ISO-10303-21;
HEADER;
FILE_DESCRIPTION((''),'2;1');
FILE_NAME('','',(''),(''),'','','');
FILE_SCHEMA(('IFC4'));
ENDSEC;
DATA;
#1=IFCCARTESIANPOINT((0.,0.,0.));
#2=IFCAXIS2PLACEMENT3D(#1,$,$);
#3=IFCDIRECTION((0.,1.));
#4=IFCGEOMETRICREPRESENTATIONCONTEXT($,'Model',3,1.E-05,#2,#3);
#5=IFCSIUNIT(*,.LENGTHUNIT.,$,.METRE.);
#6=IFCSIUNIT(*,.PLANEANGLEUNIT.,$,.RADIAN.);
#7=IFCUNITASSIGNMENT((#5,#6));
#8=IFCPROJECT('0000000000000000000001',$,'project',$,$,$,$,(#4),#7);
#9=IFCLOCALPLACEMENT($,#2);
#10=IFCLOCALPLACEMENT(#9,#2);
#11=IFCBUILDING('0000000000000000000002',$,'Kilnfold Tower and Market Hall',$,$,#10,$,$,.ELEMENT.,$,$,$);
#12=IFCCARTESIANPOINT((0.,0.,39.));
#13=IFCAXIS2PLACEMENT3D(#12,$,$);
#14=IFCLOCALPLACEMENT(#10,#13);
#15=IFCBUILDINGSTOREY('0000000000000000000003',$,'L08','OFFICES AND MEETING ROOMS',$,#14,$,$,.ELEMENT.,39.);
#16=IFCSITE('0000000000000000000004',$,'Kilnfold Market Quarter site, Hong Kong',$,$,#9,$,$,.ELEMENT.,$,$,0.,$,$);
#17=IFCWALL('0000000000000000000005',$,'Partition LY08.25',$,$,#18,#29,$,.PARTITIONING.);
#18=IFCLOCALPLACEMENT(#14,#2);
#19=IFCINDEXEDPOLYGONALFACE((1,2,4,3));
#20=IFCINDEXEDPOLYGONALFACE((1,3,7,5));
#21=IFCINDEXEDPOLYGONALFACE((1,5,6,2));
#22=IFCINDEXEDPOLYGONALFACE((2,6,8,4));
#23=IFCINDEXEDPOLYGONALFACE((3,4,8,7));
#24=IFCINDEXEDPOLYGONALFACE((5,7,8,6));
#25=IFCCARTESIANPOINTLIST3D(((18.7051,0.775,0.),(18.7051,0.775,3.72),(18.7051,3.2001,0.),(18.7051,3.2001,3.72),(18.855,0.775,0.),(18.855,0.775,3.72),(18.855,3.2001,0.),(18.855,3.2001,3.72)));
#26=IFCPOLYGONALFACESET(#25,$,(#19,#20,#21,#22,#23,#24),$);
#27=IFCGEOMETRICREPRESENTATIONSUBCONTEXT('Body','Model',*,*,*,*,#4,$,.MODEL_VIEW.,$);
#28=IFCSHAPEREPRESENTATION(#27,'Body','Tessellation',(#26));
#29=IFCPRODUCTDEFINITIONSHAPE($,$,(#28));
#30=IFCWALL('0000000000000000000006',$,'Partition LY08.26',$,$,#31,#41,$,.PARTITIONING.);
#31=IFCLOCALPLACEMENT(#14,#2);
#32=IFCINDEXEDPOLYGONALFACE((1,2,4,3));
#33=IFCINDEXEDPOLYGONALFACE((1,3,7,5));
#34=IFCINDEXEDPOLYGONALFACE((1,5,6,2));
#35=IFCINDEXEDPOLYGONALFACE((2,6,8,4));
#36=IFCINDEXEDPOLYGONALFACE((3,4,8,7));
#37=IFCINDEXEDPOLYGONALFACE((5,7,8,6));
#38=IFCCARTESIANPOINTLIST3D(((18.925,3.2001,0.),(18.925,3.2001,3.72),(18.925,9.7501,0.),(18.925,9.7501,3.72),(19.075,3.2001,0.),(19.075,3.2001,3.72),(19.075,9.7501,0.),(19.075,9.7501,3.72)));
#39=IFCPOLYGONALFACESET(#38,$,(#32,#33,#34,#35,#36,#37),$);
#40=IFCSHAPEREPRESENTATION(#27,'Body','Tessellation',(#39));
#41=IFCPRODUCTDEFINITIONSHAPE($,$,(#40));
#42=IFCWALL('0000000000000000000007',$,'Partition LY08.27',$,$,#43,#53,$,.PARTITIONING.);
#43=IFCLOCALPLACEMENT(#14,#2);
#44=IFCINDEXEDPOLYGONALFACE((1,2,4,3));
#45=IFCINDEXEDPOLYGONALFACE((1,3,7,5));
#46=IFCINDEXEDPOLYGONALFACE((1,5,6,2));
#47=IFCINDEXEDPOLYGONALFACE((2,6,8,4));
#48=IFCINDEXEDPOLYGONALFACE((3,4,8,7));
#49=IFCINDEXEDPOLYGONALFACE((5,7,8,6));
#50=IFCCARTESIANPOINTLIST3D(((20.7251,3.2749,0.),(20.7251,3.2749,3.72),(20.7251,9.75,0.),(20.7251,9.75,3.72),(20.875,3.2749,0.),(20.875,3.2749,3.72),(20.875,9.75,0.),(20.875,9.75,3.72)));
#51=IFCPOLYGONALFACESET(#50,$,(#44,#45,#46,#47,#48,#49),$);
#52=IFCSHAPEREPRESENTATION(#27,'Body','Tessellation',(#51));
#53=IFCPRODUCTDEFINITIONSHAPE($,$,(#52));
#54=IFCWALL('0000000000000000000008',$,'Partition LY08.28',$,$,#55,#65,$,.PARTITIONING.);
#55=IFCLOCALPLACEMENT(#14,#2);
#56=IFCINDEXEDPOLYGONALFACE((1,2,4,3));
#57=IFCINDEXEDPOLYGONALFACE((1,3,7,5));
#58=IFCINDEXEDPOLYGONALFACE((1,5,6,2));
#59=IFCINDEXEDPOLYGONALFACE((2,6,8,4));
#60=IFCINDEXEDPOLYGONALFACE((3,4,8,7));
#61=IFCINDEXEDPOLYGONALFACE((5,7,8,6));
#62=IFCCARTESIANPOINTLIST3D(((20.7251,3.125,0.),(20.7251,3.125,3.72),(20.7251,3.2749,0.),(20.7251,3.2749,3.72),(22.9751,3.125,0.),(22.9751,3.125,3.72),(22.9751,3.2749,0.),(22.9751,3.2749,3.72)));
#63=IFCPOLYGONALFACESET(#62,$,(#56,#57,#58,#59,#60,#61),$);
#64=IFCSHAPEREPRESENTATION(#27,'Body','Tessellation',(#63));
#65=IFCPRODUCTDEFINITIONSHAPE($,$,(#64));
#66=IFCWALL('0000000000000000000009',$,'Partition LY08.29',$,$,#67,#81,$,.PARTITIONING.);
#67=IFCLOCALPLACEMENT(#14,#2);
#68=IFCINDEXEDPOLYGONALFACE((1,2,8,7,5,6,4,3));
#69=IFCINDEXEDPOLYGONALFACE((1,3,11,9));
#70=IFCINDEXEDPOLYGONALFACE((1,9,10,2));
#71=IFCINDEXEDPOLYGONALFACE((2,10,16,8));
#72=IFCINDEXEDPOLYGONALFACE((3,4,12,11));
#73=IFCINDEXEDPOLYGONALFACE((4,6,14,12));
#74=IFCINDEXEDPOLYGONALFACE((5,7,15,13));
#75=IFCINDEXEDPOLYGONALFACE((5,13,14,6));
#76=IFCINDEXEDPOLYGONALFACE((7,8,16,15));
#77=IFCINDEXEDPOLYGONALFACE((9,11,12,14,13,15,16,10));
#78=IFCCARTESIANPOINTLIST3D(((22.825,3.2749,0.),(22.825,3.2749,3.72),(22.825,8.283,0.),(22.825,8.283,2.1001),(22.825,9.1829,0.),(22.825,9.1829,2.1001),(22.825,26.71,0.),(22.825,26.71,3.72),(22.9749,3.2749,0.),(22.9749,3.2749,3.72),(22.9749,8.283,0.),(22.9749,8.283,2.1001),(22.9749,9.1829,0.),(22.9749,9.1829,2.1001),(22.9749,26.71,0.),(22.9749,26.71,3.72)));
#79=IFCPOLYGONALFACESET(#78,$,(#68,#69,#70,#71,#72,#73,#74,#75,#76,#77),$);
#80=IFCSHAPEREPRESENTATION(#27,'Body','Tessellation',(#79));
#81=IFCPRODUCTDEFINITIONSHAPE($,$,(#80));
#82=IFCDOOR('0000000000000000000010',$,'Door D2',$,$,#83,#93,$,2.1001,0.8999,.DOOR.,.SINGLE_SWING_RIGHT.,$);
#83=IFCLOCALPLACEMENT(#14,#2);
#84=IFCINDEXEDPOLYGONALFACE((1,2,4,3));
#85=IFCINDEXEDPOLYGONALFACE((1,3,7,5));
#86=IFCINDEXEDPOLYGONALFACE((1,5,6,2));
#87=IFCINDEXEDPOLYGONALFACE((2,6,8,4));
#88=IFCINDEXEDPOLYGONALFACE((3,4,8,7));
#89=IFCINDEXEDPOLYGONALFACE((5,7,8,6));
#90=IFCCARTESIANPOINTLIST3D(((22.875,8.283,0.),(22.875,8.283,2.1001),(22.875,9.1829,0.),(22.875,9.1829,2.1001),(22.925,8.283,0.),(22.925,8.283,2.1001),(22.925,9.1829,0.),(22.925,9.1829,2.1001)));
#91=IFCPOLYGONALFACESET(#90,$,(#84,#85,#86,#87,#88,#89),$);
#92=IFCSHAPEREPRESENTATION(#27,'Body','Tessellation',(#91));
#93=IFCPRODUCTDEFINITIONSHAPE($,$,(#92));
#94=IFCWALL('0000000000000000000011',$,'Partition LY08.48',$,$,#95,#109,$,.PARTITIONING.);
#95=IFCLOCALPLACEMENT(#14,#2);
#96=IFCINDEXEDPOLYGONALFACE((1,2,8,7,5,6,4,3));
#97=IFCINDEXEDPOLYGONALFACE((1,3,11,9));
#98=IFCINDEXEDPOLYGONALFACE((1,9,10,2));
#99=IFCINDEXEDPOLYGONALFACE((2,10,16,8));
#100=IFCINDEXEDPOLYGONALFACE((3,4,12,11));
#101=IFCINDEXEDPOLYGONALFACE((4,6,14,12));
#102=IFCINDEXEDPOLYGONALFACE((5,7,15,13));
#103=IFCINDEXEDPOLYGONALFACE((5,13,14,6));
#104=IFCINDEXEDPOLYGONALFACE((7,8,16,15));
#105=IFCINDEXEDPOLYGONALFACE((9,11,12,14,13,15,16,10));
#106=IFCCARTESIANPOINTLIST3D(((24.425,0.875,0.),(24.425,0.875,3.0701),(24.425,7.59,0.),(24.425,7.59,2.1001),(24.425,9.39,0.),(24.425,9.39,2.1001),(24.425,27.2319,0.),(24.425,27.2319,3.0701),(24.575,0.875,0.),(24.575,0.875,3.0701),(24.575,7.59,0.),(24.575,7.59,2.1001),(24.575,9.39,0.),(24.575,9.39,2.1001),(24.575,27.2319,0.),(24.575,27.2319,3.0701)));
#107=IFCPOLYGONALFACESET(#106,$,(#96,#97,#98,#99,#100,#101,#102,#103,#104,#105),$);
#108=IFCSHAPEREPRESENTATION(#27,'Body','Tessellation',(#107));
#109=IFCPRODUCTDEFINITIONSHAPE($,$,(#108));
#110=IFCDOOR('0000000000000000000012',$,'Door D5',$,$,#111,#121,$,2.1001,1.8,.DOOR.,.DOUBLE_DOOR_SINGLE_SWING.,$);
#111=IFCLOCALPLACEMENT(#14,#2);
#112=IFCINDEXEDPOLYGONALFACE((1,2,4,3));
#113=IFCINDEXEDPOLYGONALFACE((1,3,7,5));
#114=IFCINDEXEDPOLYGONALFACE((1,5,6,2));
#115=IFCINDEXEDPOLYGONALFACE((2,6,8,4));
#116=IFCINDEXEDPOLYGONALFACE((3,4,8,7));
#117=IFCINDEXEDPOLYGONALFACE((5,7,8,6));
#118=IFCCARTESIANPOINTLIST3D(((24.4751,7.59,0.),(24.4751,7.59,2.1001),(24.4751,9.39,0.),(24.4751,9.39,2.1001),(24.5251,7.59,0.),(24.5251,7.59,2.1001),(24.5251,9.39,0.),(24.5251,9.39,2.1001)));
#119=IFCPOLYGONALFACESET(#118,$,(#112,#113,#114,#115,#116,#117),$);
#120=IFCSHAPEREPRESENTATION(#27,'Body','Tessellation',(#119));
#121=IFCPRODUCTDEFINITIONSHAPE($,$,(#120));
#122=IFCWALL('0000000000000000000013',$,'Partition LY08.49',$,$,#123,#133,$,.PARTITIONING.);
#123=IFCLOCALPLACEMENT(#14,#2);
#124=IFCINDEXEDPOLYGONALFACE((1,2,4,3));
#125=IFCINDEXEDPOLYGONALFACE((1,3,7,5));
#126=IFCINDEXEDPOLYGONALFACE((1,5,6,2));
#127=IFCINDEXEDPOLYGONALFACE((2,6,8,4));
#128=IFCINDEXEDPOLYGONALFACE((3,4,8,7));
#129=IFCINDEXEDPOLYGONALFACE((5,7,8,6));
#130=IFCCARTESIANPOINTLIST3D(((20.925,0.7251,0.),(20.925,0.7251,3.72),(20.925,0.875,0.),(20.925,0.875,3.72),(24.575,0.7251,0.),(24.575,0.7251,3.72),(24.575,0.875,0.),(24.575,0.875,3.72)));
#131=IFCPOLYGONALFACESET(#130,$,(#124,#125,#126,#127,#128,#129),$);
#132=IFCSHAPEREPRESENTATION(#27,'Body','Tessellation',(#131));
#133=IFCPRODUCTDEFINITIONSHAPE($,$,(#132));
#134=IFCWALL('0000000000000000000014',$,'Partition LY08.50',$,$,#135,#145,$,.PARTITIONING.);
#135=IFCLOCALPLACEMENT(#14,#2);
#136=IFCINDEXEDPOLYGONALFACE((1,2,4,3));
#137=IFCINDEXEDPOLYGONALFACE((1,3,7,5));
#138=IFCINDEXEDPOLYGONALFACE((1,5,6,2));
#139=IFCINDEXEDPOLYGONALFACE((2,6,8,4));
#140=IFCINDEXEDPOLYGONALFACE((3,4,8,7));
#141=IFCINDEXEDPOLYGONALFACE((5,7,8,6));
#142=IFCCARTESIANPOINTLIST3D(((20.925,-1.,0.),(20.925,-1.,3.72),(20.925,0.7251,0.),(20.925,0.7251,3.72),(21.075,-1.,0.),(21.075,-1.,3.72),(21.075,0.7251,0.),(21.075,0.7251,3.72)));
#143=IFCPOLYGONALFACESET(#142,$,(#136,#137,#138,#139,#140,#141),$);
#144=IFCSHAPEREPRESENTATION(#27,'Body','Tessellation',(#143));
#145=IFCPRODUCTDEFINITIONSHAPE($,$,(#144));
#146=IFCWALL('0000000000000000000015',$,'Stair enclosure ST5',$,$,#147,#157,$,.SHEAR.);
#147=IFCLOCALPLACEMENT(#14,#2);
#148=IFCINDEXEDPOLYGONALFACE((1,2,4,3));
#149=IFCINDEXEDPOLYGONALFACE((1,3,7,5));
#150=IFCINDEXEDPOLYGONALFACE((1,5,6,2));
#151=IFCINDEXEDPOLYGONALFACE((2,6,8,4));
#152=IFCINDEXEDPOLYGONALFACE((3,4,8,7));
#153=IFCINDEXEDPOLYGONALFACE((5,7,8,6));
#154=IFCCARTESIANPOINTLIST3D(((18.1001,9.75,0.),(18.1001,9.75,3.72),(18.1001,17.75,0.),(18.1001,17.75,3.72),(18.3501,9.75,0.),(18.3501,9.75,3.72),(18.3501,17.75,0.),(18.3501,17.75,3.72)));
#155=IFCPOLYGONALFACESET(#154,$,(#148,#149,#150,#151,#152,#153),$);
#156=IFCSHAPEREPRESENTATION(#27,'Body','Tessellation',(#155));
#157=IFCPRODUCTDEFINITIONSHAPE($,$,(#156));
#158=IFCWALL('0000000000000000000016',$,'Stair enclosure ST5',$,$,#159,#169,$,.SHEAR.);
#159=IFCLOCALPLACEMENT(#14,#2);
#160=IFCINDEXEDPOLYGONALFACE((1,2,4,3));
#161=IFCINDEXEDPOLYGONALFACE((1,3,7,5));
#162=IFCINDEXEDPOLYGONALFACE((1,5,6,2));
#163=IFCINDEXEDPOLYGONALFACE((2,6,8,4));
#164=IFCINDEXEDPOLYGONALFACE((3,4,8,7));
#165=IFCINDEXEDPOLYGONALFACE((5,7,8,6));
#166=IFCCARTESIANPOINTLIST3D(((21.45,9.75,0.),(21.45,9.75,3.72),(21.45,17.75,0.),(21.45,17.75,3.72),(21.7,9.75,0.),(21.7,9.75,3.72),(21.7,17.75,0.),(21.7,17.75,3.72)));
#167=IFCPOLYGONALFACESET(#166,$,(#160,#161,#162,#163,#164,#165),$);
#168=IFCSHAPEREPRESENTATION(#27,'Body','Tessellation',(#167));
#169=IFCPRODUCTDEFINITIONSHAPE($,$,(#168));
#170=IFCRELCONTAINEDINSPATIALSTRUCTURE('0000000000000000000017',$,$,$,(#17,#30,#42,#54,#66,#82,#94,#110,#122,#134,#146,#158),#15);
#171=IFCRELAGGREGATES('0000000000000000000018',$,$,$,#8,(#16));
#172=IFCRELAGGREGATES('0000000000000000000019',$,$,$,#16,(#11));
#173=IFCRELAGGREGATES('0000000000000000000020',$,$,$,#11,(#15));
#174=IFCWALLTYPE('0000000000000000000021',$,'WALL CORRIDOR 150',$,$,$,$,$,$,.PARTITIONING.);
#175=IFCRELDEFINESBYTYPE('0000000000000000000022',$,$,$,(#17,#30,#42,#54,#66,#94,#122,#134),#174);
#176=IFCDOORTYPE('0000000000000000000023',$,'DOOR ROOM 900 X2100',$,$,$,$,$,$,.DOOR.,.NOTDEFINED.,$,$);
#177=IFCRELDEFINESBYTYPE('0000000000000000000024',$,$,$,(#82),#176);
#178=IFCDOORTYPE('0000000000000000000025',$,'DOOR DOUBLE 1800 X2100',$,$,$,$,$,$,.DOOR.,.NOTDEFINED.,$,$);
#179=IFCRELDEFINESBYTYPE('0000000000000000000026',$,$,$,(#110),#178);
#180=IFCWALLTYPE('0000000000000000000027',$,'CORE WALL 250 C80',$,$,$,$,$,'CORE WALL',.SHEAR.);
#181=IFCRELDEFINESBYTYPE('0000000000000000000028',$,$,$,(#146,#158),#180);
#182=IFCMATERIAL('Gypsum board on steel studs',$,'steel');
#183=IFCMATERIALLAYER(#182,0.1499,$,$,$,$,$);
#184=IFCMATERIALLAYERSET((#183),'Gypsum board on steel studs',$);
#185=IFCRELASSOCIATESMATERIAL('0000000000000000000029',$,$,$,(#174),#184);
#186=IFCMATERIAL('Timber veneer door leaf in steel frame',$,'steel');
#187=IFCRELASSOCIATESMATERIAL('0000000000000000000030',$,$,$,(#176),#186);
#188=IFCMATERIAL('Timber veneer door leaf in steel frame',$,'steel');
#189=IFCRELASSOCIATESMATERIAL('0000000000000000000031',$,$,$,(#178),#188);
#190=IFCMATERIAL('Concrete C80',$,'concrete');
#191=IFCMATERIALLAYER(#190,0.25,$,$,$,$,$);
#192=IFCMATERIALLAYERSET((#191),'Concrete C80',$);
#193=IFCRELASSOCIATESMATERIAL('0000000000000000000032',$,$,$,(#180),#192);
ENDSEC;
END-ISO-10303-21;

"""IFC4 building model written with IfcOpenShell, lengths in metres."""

from ifc_helpers import new_model, si_unit, direction, frame, frame_2d, origin, place, context, subcontext, project, spatial, rectangle, extrude, source, transform, mapped, material, layer, layer_set, type_object, element, fill, save


model = new_model("IFC4")

# Units and contexts
model_context = context("Model", 3, precision=1e-05, world=origin(), true_north=direction((0.0, 1.0)))
body_context = subcontext(model_context, "Body", "Model", "MODEL_VIEW")
ifc_project = project(units=[si_unit("LENGTHUNIT", "METRE"), si_unit("PLANEANGLEUNIT", "RADIAN")], contexts=[model_context])

# Site, building, storey
site_placement = place(None, origin())
site = spatial("IfcSite", under=ifc_project, at=site_placement, Name="Kilnfold Market Quarter site, Hong Kong", CompositionType="ELEMENT", RefElevation=0.0)
building_placement = place(site_placement, origin())
building = spatial("IfcBuilding", under=site, at=building_placement, Name="Kilnfold Tower and Market Hall", CompositionType="ELEMENT")
storey_placement = place(building_placement, frame((0.0, 0.0, 39.0)))
storey = spatial("IfcBuildingStorey", under=building, at=storey_placement, Name="L08", Description="OFFICES AND MEETING ROOMS", CompositionType="ELEMENT", Elevation=39.0)

# Walls
ifc_material_1 = material(Name="Gypsum board on steel studs", Category="steel")
ifc_layer_1 = layer(ifc_material_1, 0.1499)
ifc_layer_set_1 = layer_set([ifc_layer_1], Name="Gypsum board on steel studs")
wall_type_1 = type_object("IfcWallType", Name="WALL CORRIDOR 150", PredefinedType="PARTITIONING", material=ifc_layer_set_1)
wall_1_placement = place(storey_placement, frame((18.78, 3.2, 0.0), z_axis=(0.0, 0.0, 1.0), x_axis=(0.0, -1.0, 0.0)))
element("IfcWall", 1, at=wall_1_placement, inside=storey, type_object=wall_type_1, Name="Partition LY08.25", PredefinedType="PARTITIONING", context=body_context, shape_type="SweptSolid", body=[
    extrude(rectangle(XDim=2.425, YDim=0.1499, at=frame_2d((1.2124, 0.0))), origin(), (0.0, 0.0, 1.0), 3.72),
])
wall_2_placement = place(storey_placement, frame((19.0, 9.75, 0.0), z_axis=(0.0, 0.0, 1.0), x_axis=(0.0, -1.0, 0.0)))
element("IfcWall", 2, at=wall_2_placement, inside=storey, type_object=wall_type_1, Name="Partition LY08.26", PredefinedType="PARTITIONING", context=body_context, shape_type="SweptSolid", body=[
    extrude(rectangle(XDim=6.55, YDim=0.1499, at=frame_2d((3.2749, 0.0))), origin(), (0.0, 0.0, 1.0), 3.72),
])
wall_3_placement = place(storey_placement, frame((20.8, 3.2749, 0.0), z_axis=(0.0, 0.0, 1.0), x_axis=(0.0, 1.0, 0.0)))
element("IfcWall", 3, at=wall_3_placement, inside=storey, type_object=wall_type_1, Name="Partition LY08.27", PredefinedType="PARTITIONING", context=body_context, shape_type="SweptSolid", body=[
    extrude(rectangle(XDim=6.4751, YDim=0.1499, at=frame_2d((3.2375, 0.0))), origin(), (0.0, 0.0, 1.0), 3.72),
])
wall_4_placement = place(storey_placement, frame((20.7251, 3.2, 0.0), z_axis=(0.0, 0.0, 1.0), x_axis=(1.0, 0.0, 0.0)))
element("IfcWall", 4, at=wall_4_placement, inside=storey, type_object=wall_type_1, Name="Partition LY08.28", PredefinedType="PARTITIONING", context=body_context, shape_type="SweptSolid", body=[
    extrude(rectangle(XDim=2.25, YDim=0.1499, at=frame_2d((1.125, 0.0))), origin(), (0.0, 0.0, 1.0), 3.72),
])

# Walls, openings, doors
wall_5_placement = place(storey_placement, frame((22.8999, 3.2749, 0.0), z_axis=(0.0, 0.0, 1.0), x_axis=(0.0, 1.0, 0.0)))
wall_5 = element("IfcWall", 5, at=wall_5_placement, inside=storey, type_object=wall_type_1, Name="Partition LY08.29", PredefinedType="PARTITIONING", context=body_context, shape_type="SweptSolid", body=[
    extrude(rectangle(XDim=23.4351, YDim=0.1499, at=frame_2d((11.7175, 0.0))), origin(), (0.0, 0.0, 1.0), 3.72),
])
opening_1_placement = place(wall_5_placement, frame((5.0081, 0.0, 0.0)))
opening_1 = element("IfcOpeningElement", 6, at=opening_1_placement, cuts=wall_5, PredefinedType="OPENING", context=body_context, shape_type="SweptSolid", body=[
    extrude(rectangle(XDim=0.8999, YDim=2.1001, at=frame_2d((0.45, 1.05))), frame((0.0, 0.085, 0.0), z_axis=(0.0, -1.0, 0.0), x_axis=(1.0, 0.0, 0.0)), (0.0, 0.0, 1.0), 0.1699),
])
ifc_material_2 = material(Name="Timber veneer door leaf in steel frame", Category="steel")
door_type_1 = type_object("IfcDoorType", Name="DOOR ROOM 900 X2100", OperationType="NOTDEFINED", PredefinedType="DOOR", material=ifc_material_2)
door_1_placement = place(opening_1_placement, origin())
door_1 = element("IfcDoor", 7, at=door_1_placement, inside=storey, type_object=door_type_1, Name="Door D2", OperationType="SINGLE_SWING_RIGHT", OverallHeight=2.1001, OverallWidth=0.8999, PredefinedType="DOOR", context=body_context, shape_type="SweptSolid", body=[
    extrude(rectangle(XDim=0.8999, YDim=2.1001, at=frame_2d((0.45, 1.05))), frame((0.0, 0.0249, 0.0), z_axis=(0.0, -1.0, 0.0), x_axis=(1.0, 0.0, 0.0)), (0.0, 0.0, 1.0), 0.05),
])
fill(opening_1, door_1)
wall_6_placement = place(storey_placement, frame((24.5, 0.875, 0.0), z_axis=(0.0, 0.0, 1.0), x_axis=(0.0, 1.0, 0.0)))
wall_6 = element("IfcWall", 8, at=wall_6_placement, inside=storey, type_object=wall_type_1, Name="Partition LY08.48", PredefinedType="PARTITIONING", context=body_context, shape_type="SweptSolid", body=[
    extrude(rectangle(XDim=26.3569, YDim=0.1499, at=frame_2d((13.1785, 0.0))), origin(), (0.0, 0.0, 1.0), 3.0701),
])
opening_2_placement = place(wall_6_placement, frame((6.7151, 0.0, 0.0)))
opening_2 = element("IfcOpeningElement", 9, at=opening_2_placement, cuts=wall_6, PredefinedType="OPENING", context=body_context, shape_type="SweptSolid", body=[
    extrude(rectangle(XDim=1.8, YDim=2.1001, at=frame_2d((0.8999, 1.05))), frame((0.0, 0.085, 0.0), z_axis=(0.0, -1.0, 0.0), x_axis=(1.0, 0.0, 0.0)), (0.0, 0.0, 1.0), 0.1699),
])
ifc_material_3 = material(Name="Timber veneer door leaf in steel frame", Category="steel")
door_type_2 = type_object("IfcDoorType", Name="DOOR DOUBLE 1800 X2100", OperationType="NOTDEFINED", PredefinedType="DOOR", material=ifc_material_3)
door_2_placement = place(opening_2_placement, origin())
door_2 = element("IfcDoor", 10, at=door_2_placement, inside=storey, type_object=door_type_2, Name="Door D5", OperationType="DOUBLE_DOOR_SINGLE_SWING", OverallHeight=2.1001, OverallWidth=1.8, PredefinedType="DOOR", context=body_context, shape_type="SweptSolid", body=[
    extrude(rectangle(XDim=1.8, YDim=2.1001, at=frame_2d((0.8999, 1.05))), frame((0.0, 0.0249, 0.0), z_axis=(0.0, -1.0, 0.0), x_axis=(1.0, 0.0, 0.0)), (0.0, 0.0, 1.0), 0.05),
])
fill(opening_2, door_2)

# Walls
wall_7_placement = place(storey_placement, frame((20.925, 0.8, 0.0), z_axis=(0.0, 0.0, 1.0), x_axis=(1.0, 0.0, 0.0)))
element("IfcWall", 11, at=wall_7_placement, inside=storey, type_object=wall_type_1, Name="Partition LY08.49", PredefinedType="PARTITIONING", context=body_context, shape_type="SweptSolid", body=[
    extrude(rectangle(XDim=3.6499, YDim=0.1499, at=frame_2d((1.825, 0.0))), origin(), (0.0, 0.0, 1.0), 3.72),
])
wall_8_placement = place(storey_placement, frame((21.0, -1.0, 0.0), z_axis=(0.0, 0.0, 1.0), x_axis=(0.0, 1.0, 0.0)))
element("IfcWall", 12, at=wall_8_placement, inside=storey, type_object=wall_type_1, Name="Partition LY08.50", PredefinedType="PARTITIONING", context=body_context, shape_type="SweptSolid", body=[
    extrude(rectangle(XDim=1.7251, YDim=0.1499, at=frame_2d((0.8625, 0.0))), origin(), (0.0, 0.0, 1.0), 3.72),
])
ifc_material_4 = material(Name="Concrete C80", Category="concrete")
ifc_layer_2 = layer(ifc_material_4, 0.25)
ifc_layer_set_2 = layer_set([ifc_layer_2], Name="Concrete C80")
wall_type_2 = type_object("IfcWallType", Name="CORE WALL 250 C80", ElementType="CORE WALL", PredefinedType="SHEAR", material=ifc_layer_set_2)
shared_shape_1 = source(origin(), body_context, "Body", "SweptSolid", [
    extrude(rectangle(XDim=8.0, YDim=0.25, at=frame_2d((4.0, 0.0))), origin(), (0.0, 0.0, 1.0), 3.72),
])
for number, where, z_axis, x_axis, name in (
    (13, (18.2251, 9.75, 0.0), (0.0, 0.0, 1.0), (0.0, 1.0, 0.0), "Stair enclosure ST5"),
    (14, (21.575, 9.75, 0.0), (0.0, 0.0, 1.0), (0.0, 1.0, 0.0), "Stair enclosure ST5"),
):
    element("IfcWall", number, at=place(storey_placement, frame(where, z_axis=z_axis, x_axis=x_axis)), inside=storey, type_object=wall_type_2, Name=name, PredefinedType="SHEAR", context=body_context, shape_type="MappedRepresentation", body=[
        mapped(shared_shape_1, transform((0.0, 0.0, 0.0))),
    ])

save(model, "model.ifc")
